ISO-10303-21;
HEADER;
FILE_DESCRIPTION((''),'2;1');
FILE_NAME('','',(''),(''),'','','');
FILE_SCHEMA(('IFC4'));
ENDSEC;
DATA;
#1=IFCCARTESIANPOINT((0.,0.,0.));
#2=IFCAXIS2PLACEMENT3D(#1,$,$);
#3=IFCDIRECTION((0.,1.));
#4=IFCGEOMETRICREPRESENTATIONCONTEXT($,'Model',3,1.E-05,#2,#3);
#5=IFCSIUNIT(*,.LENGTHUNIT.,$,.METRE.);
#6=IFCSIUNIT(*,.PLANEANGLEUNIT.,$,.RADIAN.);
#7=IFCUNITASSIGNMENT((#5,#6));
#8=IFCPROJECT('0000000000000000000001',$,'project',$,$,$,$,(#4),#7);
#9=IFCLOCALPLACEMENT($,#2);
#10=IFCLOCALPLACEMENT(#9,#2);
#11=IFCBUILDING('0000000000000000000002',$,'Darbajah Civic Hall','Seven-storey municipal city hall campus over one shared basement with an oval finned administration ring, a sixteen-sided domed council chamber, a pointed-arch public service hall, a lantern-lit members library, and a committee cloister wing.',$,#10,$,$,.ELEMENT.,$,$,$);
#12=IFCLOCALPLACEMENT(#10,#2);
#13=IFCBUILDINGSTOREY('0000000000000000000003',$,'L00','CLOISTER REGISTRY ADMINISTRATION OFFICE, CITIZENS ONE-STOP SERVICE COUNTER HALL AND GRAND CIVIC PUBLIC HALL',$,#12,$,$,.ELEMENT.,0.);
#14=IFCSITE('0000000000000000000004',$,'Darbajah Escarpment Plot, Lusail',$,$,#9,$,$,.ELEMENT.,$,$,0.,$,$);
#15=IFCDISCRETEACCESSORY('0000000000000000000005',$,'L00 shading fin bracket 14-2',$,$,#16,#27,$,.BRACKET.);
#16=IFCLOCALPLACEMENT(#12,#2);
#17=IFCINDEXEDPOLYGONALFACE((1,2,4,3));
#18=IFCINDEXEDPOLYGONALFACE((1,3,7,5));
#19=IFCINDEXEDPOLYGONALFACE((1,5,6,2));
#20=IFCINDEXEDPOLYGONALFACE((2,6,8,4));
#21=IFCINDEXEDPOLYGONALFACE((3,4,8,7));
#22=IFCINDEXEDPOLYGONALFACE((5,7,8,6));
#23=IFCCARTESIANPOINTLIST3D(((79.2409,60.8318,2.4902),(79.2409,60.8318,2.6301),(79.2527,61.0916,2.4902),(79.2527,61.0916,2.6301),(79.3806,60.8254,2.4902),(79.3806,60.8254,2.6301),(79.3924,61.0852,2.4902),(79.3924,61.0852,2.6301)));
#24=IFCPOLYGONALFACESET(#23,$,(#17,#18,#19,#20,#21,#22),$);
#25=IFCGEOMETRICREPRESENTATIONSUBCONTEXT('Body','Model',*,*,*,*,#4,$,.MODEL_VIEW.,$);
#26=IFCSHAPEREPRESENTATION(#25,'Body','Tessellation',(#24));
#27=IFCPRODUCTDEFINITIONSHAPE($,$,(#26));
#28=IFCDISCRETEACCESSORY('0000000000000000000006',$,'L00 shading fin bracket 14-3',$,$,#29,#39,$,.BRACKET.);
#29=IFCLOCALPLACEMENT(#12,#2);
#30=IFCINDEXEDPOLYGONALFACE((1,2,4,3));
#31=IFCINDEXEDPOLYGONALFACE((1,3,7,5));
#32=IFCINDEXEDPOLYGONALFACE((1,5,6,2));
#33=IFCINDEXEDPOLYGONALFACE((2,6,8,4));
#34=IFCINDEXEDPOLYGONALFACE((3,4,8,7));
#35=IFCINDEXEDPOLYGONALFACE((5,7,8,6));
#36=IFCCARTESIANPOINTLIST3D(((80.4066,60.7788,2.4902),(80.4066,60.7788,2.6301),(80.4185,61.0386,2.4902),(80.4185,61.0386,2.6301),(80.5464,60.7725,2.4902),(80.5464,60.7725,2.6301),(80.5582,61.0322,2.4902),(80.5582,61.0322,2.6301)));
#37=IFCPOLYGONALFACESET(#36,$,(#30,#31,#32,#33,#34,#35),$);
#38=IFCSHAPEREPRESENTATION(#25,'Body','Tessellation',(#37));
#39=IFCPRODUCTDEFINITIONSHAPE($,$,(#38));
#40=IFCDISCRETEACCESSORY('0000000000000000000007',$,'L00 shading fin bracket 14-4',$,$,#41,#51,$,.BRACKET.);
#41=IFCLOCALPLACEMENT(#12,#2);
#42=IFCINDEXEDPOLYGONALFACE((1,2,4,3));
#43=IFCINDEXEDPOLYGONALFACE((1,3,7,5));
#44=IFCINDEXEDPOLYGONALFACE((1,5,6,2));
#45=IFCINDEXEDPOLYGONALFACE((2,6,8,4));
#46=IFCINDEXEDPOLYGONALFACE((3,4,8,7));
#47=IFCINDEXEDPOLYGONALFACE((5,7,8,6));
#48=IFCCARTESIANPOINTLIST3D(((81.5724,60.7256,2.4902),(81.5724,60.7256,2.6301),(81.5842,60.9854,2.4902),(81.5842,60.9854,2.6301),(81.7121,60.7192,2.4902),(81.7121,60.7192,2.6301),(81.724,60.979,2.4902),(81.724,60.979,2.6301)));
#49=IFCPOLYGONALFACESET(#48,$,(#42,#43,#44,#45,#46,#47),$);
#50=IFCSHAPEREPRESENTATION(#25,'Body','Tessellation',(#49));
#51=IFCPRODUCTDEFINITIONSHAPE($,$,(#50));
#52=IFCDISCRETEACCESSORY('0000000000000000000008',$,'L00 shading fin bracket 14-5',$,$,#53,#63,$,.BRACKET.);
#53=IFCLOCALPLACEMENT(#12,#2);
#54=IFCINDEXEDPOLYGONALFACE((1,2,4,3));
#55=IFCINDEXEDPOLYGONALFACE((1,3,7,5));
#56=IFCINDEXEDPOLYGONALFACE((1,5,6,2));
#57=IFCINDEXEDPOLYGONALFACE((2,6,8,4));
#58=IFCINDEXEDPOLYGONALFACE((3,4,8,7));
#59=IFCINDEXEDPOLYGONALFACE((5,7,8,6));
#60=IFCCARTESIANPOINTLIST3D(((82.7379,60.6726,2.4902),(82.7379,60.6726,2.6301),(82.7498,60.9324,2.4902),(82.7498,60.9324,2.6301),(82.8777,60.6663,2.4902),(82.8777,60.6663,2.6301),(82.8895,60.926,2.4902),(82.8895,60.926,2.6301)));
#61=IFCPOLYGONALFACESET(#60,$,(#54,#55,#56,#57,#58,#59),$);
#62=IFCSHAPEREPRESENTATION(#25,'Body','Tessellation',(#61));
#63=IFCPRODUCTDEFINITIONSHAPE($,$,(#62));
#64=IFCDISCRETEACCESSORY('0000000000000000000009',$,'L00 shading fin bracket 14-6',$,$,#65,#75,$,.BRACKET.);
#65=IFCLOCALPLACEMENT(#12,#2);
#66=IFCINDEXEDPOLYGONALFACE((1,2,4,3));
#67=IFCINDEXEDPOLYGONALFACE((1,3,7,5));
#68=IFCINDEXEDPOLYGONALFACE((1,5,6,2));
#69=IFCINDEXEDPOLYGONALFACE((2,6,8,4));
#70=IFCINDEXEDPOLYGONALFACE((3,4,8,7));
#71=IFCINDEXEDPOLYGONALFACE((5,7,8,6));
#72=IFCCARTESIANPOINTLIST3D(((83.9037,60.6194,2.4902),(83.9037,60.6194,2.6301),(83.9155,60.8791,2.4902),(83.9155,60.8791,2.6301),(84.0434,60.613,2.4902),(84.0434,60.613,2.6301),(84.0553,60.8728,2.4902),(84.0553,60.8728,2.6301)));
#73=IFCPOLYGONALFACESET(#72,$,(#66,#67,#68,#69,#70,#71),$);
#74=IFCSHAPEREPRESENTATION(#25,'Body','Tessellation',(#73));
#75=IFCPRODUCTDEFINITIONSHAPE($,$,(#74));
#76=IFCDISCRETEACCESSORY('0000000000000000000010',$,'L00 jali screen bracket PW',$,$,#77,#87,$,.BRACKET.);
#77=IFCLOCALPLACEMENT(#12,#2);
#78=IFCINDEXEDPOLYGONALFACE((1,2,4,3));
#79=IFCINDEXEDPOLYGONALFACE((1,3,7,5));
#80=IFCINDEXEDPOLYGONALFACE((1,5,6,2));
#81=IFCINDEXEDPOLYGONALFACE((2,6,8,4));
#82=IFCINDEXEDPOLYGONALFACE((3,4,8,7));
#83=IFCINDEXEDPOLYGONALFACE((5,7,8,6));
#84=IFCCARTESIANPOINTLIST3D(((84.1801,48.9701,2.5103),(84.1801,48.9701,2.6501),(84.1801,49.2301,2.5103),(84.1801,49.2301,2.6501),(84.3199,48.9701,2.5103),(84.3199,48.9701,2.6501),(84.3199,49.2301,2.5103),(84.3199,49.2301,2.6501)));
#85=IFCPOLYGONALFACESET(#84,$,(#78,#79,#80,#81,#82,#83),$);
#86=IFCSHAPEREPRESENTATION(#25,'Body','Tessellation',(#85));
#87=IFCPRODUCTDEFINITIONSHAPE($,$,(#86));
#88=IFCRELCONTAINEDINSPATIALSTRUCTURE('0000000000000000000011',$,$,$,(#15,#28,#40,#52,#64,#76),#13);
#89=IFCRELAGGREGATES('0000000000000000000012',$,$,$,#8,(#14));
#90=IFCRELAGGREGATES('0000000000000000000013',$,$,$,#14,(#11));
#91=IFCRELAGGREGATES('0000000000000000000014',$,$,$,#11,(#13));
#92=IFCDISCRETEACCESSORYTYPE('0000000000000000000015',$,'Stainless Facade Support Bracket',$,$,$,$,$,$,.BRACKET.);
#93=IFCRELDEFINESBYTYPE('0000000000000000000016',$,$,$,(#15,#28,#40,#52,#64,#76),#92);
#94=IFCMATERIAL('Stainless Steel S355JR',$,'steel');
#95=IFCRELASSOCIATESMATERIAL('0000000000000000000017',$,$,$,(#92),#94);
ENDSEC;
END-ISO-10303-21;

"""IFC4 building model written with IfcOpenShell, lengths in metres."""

from ifc_helpers import new_model, si_unit, direction, frame, origin, origin_2d, place, context, subcontext, project, spatial, rectangle, extrude, material, type_object, element, save


model = new_model("IFC4")

# Units and contexts
model_context = context("Model", 3, precision=1e-05, world=origin(), true_north=direction((0.0, 1.0)))
body_context = subcontext(model_context, "Body", "Model", "MODEL_VIEW")
ifc_project = project(units=[si_unit("LENGTHUNIT", "METRE"), si_unit("PLANEANGLEUNIT", "RADIAN")], contexts=[model_context])

# Site, building, storey
site_placement = place(None, origin())
site = spatial("IfcSite", under=ifc_project, at=site_placement, Name="Darbajah Escarpment Plot, Lusail", CompositionType="ELEMENT", RefElevation=0.0)
building_placement = place(site_placement, origin())
building = spatial("IfcBuilding", under=site, at=building_placement, Name="Darbajah Civic Hall", Description="Seven-storey municipal city hall campus over one shared basement with an oval finned administration ring, a sixteen-sided domed council chamber, a pointed-arch public service hall, a lantern-lit members library, and a committee cloister wing.", CompositionType="ELEMENT")
storey_placement = place(building_placement, origin())
storey = spatial("IfcBuildingStorey", under=building, at=storey_placement, Name="L00", Description="CLOISTER REGISTRY ADMINISTRATION OFFICE, CITIZENS ONE-STOP SERVICE COUNTER HALL AND GRAND CIVIC PUBLIC HALL", CompositionType="ELEMENT", Elevation=0.0)

# Discrete accessories
ifc_material_1 = material(Name="Stainless Steel S355JR", Category="steel")
discrete_accessory_type = type_object("IfcDiscreteAccessoryType", Name="Stainless Facade Support Bracket", PredefinedType="BRACKET", material=ifc_material_1)
for number, where, z_axis, x_axis, name in (
    (1, (79.3167, 60.9585, 2.4902), (0.0, 0.0, 1.0), (-0.045537, -0.998963, 0.0), "L00 shading fin bracket 14-2"),
    (2, (80.4824, 60.9055, 2.4902), (0.0, 0.0, 1.0), (-0.045537, -0.998963, 0.0), "L00 shading fin bracket 14-3"),
    (3, (81.6482, 60.8523, 2.4902), (0.0, 0.0, 1.0), (-0.045537, -0.998963, 0.0), "L00 shading fin bracket 14-4"),
    (4, (82.8137, 60.7993, 2.4902), (0.0, 0.0, 1.0), (-0.045537, -0.998963, 0.0), "L00 shading fin bracket 14-5"),
    (5, (83.9795, 60.7461, 2.4902), (0.0, 0.0, 1.0), (-0.045537, -0.998963, 0.0), "L00 shading fin bracket 14-6"),
    (6, (84.25, 49.1001, 2.5103), (0.0, 0.0, 1.0), (0.0, 1.0, 0.0), "L00 jali screen bracket PW"),
):
    element("IfcDiscreteAccessory", number, at=place(storey_placement, frame(where, z_axis=z_axis, x_axis=x_axis)), inside=storey, type_object=discrete_accessory_type, Name=name, PredefinedType="BRACKET", context=body_context, shape_type="SweptSolid", body=[
        extrude(rectangle(XDim=0.26, YDim=0.1399, at=origin_2d()), origin(), (0.0, 0.0, 1.0), 0.1399),
    ])

save(model, "model.ifc")
